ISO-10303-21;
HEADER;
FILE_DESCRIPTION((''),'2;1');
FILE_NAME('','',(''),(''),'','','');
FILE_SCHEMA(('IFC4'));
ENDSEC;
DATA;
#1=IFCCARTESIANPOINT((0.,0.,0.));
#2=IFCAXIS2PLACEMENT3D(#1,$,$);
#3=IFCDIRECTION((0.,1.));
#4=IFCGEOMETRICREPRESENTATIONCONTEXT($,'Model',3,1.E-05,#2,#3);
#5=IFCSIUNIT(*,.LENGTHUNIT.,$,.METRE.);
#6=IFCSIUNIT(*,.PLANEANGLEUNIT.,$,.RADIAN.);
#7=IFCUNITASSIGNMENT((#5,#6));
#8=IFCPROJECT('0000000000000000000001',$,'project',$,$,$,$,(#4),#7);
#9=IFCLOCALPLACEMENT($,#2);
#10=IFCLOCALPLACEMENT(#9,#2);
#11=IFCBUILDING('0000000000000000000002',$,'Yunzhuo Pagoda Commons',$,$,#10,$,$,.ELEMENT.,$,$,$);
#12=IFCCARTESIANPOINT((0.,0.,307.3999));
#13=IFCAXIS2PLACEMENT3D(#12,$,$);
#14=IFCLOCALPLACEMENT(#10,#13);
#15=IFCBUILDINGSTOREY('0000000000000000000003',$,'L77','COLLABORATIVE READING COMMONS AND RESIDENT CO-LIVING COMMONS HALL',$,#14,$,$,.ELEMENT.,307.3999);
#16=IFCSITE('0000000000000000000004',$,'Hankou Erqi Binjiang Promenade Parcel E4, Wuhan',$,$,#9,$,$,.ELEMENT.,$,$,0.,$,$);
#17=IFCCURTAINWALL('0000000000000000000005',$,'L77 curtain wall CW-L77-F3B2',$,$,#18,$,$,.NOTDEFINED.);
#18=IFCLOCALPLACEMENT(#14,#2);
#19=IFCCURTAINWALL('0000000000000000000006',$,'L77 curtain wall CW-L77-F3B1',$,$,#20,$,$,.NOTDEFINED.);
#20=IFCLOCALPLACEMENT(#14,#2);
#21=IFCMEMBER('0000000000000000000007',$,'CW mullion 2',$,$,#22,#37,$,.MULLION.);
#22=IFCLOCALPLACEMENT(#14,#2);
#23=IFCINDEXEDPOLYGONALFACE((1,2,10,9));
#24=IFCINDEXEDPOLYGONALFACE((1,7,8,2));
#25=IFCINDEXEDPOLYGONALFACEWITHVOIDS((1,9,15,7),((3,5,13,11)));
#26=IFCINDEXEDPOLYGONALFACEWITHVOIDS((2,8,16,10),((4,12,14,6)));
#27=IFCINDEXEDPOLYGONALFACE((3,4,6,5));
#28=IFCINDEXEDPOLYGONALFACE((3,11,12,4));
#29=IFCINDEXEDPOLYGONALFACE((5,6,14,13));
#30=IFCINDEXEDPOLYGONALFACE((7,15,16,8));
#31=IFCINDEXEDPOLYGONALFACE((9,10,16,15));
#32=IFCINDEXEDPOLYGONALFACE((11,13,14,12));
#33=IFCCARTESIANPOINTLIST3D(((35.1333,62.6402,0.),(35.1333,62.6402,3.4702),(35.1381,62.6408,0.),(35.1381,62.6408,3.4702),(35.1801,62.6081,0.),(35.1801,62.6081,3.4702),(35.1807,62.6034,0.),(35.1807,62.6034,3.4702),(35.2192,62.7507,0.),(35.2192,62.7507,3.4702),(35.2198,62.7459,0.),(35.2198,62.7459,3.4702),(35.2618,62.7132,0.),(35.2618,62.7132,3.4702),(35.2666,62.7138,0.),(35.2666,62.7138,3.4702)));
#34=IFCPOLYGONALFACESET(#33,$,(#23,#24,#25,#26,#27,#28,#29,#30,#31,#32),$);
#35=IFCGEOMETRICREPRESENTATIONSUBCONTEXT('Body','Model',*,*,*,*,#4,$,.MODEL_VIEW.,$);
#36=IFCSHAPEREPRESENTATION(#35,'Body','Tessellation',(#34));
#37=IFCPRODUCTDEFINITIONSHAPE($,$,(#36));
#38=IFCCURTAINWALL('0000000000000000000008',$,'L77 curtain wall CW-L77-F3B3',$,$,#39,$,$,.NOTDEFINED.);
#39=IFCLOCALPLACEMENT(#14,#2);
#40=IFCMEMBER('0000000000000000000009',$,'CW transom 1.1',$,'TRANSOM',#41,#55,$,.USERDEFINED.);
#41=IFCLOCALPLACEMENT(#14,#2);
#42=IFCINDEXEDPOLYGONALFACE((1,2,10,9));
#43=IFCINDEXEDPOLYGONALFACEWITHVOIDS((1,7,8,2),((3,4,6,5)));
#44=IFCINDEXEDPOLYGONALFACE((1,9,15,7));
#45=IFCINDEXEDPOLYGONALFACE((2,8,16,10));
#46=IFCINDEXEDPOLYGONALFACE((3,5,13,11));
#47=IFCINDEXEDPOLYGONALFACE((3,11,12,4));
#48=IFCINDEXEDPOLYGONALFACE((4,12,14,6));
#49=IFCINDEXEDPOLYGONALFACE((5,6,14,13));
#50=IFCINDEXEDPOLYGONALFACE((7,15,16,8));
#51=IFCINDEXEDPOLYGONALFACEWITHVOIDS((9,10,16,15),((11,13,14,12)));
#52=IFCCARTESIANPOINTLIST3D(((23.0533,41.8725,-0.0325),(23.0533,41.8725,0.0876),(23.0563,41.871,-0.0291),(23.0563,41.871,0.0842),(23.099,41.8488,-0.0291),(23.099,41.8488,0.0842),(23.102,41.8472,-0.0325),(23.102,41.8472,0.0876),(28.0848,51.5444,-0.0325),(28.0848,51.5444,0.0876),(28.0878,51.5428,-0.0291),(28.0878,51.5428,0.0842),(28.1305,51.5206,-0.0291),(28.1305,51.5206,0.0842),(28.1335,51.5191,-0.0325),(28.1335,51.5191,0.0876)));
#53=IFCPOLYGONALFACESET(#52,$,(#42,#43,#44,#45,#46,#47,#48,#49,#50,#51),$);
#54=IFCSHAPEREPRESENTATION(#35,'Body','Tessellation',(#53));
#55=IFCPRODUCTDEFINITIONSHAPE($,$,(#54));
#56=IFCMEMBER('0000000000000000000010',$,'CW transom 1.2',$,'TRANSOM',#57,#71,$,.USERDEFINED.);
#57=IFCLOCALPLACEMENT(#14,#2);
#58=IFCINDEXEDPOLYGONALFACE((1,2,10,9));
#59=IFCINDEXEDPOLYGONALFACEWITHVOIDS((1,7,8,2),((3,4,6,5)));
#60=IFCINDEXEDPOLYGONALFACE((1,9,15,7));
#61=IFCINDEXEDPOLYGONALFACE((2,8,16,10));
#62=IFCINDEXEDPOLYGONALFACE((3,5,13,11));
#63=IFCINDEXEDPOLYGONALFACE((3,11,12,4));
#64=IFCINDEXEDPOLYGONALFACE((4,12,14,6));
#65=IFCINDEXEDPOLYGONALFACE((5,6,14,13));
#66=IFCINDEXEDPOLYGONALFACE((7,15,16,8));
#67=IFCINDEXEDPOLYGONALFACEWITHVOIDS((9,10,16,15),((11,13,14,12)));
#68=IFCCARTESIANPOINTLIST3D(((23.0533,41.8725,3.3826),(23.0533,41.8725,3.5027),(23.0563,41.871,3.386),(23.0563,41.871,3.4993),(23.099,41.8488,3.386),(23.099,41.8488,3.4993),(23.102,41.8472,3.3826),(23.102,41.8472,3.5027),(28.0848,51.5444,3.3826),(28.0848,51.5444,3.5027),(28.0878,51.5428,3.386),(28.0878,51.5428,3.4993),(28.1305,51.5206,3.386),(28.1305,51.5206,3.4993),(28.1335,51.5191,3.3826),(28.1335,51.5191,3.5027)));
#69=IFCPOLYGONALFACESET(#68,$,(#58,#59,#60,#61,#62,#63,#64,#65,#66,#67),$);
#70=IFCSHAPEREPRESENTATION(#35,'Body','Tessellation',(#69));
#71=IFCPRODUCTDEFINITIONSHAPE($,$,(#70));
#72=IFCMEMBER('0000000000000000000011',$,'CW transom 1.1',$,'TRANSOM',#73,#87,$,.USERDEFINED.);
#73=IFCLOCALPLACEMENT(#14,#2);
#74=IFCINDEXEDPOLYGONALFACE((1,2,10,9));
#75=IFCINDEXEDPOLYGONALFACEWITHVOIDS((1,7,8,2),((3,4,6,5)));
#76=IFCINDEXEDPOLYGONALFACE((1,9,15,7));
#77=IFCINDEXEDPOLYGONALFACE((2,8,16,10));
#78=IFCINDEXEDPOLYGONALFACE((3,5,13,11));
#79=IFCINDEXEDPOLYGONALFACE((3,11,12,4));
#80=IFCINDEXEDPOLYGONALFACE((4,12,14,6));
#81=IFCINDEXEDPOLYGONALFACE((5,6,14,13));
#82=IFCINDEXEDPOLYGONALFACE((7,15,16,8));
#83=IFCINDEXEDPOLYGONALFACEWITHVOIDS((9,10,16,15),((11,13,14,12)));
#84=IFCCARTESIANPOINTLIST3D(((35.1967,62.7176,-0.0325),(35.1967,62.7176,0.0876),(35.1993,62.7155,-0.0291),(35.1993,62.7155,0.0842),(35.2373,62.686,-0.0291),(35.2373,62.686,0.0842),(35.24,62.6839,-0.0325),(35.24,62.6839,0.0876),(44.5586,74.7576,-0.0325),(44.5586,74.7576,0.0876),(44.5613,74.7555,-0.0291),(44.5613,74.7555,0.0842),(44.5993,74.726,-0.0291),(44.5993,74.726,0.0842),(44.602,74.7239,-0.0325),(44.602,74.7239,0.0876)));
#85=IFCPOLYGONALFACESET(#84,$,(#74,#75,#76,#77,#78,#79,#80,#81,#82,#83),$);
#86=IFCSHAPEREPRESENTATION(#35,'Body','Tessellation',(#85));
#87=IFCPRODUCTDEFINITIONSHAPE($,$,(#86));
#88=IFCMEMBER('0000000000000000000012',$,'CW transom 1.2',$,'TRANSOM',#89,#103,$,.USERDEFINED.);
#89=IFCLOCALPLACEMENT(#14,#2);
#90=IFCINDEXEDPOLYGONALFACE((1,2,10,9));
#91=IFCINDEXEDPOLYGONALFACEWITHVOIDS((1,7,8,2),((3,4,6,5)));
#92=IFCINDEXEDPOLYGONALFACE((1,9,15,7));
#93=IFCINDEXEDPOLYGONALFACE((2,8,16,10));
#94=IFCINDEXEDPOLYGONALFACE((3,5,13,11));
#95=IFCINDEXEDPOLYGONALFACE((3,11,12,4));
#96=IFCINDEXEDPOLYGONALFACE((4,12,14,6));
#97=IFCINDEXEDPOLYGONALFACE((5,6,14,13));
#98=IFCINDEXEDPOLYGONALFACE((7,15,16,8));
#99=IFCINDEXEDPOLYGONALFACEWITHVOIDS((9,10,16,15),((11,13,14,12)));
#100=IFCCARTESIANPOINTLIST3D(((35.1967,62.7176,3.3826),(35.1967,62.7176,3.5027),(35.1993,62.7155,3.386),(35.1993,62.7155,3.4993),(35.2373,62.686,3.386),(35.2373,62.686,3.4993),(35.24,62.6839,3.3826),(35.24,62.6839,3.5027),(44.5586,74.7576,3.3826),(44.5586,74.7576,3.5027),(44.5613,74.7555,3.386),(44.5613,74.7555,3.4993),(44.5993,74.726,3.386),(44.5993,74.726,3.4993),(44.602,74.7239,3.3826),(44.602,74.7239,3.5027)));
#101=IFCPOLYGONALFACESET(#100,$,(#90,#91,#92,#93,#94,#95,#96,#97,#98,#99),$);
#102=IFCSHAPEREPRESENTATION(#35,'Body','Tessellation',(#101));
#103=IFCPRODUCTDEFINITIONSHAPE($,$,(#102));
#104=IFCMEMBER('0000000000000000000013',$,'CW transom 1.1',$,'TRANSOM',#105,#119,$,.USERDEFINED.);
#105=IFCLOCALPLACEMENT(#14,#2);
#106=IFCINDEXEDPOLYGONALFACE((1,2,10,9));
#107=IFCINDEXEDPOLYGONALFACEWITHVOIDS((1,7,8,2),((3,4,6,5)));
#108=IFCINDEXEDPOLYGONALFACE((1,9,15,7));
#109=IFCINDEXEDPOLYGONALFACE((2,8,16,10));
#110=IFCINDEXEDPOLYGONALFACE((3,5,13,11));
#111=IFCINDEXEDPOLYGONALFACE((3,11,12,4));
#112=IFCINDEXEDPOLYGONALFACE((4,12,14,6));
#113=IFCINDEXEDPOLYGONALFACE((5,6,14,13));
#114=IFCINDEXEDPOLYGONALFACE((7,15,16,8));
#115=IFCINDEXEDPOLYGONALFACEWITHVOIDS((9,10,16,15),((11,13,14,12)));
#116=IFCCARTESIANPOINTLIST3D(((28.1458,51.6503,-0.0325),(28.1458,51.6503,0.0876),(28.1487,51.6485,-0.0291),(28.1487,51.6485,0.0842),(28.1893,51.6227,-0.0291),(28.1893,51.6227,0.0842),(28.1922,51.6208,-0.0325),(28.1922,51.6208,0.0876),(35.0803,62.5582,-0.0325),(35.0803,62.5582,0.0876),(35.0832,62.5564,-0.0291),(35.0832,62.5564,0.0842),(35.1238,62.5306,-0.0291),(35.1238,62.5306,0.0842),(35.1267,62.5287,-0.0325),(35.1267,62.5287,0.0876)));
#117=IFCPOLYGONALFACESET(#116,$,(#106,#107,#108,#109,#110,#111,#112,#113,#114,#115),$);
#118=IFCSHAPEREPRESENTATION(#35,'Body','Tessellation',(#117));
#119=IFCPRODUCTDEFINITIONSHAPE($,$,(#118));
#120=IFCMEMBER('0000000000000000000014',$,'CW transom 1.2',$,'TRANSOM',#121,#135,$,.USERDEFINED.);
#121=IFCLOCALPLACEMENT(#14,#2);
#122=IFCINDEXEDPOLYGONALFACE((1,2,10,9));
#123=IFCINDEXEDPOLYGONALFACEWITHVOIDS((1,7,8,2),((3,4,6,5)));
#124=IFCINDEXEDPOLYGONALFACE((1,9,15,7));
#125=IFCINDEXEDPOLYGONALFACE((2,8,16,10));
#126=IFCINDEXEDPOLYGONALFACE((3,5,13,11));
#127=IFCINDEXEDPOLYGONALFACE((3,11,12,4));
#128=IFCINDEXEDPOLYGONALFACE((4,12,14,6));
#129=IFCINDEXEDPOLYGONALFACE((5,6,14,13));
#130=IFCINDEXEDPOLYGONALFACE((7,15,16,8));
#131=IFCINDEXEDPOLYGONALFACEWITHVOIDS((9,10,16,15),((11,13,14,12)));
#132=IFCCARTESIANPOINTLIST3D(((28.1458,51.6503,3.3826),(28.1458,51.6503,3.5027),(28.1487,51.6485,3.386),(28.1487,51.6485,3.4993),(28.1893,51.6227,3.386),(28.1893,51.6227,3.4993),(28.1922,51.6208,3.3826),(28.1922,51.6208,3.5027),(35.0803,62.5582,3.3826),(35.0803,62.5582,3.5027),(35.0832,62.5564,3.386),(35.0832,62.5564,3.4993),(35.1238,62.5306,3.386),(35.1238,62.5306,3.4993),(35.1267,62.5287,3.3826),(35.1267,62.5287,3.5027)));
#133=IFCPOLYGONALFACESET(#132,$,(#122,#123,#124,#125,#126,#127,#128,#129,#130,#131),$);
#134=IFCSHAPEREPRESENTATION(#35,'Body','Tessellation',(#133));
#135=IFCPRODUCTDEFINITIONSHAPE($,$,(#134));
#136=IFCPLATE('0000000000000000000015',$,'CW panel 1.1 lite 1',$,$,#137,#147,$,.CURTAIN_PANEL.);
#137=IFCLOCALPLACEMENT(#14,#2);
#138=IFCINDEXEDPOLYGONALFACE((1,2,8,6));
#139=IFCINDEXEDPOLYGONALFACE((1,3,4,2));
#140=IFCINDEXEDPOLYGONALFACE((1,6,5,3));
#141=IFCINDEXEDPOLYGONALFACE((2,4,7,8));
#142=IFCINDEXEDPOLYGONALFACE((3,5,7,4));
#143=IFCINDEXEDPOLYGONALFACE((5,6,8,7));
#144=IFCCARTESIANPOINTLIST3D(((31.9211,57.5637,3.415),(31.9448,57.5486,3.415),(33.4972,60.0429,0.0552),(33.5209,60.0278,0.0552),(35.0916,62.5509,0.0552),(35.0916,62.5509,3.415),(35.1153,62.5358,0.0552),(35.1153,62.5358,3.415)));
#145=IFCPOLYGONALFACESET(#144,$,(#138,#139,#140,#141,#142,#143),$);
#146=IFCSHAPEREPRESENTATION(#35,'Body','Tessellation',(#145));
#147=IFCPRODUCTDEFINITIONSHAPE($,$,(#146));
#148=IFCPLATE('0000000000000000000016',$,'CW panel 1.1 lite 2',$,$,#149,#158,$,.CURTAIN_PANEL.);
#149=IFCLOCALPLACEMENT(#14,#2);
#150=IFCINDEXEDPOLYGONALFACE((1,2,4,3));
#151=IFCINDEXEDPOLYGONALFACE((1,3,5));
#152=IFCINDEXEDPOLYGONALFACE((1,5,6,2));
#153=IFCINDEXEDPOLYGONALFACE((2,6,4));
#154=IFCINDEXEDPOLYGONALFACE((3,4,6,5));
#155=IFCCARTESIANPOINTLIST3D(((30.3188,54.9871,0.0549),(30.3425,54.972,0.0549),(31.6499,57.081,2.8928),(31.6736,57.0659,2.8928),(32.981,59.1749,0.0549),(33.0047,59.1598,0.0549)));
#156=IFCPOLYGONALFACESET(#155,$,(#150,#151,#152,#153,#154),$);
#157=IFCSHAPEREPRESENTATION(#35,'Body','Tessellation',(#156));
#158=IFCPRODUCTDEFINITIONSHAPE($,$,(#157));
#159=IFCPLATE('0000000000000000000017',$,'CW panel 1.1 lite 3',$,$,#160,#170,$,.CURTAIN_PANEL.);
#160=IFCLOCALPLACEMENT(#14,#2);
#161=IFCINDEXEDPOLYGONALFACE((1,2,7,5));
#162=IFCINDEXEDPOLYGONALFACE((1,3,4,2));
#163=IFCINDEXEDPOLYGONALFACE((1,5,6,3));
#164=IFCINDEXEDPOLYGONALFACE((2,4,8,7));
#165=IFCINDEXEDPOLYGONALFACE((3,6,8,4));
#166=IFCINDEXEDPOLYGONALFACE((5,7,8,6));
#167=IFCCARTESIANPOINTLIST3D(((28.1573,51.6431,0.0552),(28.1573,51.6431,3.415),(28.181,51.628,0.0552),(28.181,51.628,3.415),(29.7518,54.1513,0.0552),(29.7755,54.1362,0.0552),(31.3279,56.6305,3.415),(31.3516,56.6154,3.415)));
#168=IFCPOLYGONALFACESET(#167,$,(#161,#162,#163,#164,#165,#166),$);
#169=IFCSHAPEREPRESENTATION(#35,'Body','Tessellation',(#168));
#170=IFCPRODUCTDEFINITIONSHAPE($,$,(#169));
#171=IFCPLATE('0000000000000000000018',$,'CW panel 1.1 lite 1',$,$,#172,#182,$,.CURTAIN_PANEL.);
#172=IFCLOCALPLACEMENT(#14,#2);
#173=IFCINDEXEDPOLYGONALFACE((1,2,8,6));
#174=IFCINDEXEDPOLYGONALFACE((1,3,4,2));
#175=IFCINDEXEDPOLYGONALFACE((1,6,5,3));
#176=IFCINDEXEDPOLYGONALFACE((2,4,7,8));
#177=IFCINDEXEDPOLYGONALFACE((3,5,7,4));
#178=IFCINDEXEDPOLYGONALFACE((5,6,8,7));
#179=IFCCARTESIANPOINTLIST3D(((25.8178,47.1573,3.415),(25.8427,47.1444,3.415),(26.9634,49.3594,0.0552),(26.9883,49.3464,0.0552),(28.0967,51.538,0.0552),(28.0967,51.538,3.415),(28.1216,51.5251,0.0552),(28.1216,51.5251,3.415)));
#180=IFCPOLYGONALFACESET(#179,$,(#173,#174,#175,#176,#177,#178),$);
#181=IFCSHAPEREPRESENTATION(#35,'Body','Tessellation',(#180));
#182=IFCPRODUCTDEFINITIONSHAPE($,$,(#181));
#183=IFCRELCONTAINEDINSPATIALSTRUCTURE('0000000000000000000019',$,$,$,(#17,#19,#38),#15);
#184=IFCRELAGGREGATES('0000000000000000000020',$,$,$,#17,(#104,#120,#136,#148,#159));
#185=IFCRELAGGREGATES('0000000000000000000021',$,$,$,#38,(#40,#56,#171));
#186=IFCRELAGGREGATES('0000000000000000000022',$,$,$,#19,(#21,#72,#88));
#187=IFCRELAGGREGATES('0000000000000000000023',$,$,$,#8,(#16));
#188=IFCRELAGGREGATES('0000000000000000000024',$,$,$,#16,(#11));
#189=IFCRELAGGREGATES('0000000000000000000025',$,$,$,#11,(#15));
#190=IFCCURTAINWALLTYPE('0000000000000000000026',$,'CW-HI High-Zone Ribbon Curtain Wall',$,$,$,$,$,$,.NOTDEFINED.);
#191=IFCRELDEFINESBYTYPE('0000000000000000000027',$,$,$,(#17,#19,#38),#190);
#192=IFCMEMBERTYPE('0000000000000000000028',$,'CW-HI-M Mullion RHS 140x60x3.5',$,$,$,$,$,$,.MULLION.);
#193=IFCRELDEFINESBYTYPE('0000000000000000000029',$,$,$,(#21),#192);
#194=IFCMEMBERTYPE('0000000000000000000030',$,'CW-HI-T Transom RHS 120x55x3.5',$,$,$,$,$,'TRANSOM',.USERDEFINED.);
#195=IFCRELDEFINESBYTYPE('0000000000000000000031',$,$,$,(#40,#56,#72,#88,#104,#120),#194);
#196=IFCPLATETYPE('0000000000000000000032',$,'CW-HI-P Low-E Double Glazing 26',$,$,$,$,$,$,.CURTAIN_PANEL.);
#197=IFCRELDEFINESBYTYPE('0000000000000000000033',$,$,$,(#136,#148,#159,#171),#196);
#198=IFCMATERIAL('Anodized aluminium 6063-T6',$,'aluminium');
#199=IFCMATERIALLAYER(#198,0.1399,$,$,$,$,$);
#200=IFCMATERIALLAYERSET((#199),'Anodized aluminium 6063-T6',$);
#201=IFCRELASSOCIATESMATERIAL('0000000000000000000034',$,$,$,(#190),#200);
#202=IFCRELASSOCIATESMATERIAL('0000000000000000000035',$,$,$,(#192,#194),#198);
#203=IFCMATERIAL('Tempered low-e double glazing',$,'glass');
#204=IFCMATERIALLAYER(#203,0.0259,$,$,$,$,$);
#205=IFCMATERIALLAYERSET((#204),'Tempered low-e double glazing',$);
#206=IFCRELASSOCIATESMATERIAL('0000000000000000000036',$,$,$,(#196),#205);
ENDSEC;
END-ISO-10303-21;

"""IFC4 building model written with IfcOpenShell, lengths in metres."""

from ifc_helpers import new_model, si_unit, direction, frame, origin, origin_2d, place, context, subcontext, project, spatial, polyline, hollow_rectangle, outline, extrude, source, transform, mapped, material, layer, layer_set, material_profile, profile_set, type_object, element, aggregate, save


model = new_model("IFC4")

# Units and contexts
model_context = context("Model", 3, precision=1e-05, world=origin(), true_north=direction((0.0, 1.0)))
body_context = subcontext(model_context, "Body", "Model", "MODEL_VIEW")
ifc_project = project(units=[si_unit("LENGTHUNIT", "METRE"), si_unit("PLANEANGLEUNIT", "RADIAN")], contexts=[model_context])

# Site, building, storey
site_placement = place(None, origin())
site = spatial("IfcSite", under=ifc_project, at=site_placement, Name="Hankou Erqi Binjiang Promenade Parcel E4, Wuhan", CompositionType="ELEMENT", RefElevation=0.0)
building_placement = place(site_placement, origin())
building = spatial("IfcBuilding", under=site, at=building_placement, Name="Yunzhuo Pagoda Commons", CompositionType="ELEMENT")
storey_placement = place(building_placement, frame((0.0, 0.0, 307.3999)))
storey = spatial("IfcBuildingStorey", under=building, at=storey_placement, Name="L77", Description="COLLABORATIVE READING COMMONS AND RESIDENT CO-LIVING COMMONS HALL", CompositionType="ELEMENT", Elevation=307.3999)

# Curtain walls, members
ifc_material_1 = material(Name="Anodized aluminium 6063-T6", Category="aluminium")
ifc_layer_1 = layer(ifc_material_1, 0.1399)
ifc_layer_set_1 = layer_set([ifc_layer_1], Name="Anodized aluminium 6063-T6")
curtain_wall_type = type_object("IfcCurtainWallType", Name="CW-HI High-Zone Ribbon Curtain Wall", PredefinedType="NOTDEFINED", material=ifc_layer_set_1)
curtain_wall_1_placement = place(storey_placement, origin())
curtain_wall_1 = element("IfcCurtainWall", 1, at=curtain_wall_1_placement, inside=storey, type_object=curtain_wall_type, Name="L77 curtain wall CW-L77-F3B2", PredefinedType="NOTDEFINED")
ifc_material_profile_1 = material_profile(ifc_material_1, hollow_rectangle(XDim=0.0601, YDim=0.1399, WallThickness=0.0034, at=origin_2d()), Name="Anodized aluminium 6063-T6")
ifc_profile_set_1 = profile_set([ifc_material_profile_1], Name="Anodized aluminium 6063-T6")
member_type_1 = type_object("IfcMemberType", Name="CW-HI-M Mullion RHS 140x60x3.5", PredefinedType="MULLION", material=ifc_profile_set_1)
shared_shape_1 = source(origin(), body_context, "Body", "SweptSolid", [
    extrude(hollow_rectangle(XDim=0.0601, YDim=0.1399, WallThickness=0.0034, at=origin_2d()), origin(), (0.0, 0.0, 1.0), 3.4702),
])
curtain_wall_2_placement = place(storey_placement, origin())
curtain_wall_2 = element("IfcCurtainWall", 2, at=curtain_wall_2_placement, inside=storey, type_object=curtain_wall_type, Name="L77 curtain wall CW-L77-F3B1", PredefinedType="NOTDEFINED")
member_1_placement = place(storey_placement, frame((35.2, 62.677, 0.0), z_axis=(0.0, 0.0, 1.0), x_axis=(0.78943, -0.61384, 0.0)))
member_1 = element("IfcMember", 3, at=member_1_placement, type_object=member_type_1, Name="CW mullion 2", PredefinedType="MULLION", context=body_context, shape_type="MappedRepresentation", body=[
    mapped(shared_shape_1, transform((0.0, 0.0, 0.0), scale=1.0)),
])
curtain_wall_3_placement = place(storey_placement, origin())
curtain_wall_3 = element("IfcCurtainWall", 4, at=curtain_wall_3_placement, inside=storey, type_object=curtain_wall_type, Name="L77 curtain wall CW-L77-F3B3", PredefinedType="NOTDEFINED")
ifc_material_profile_2 = material_profile(ifc_material_1, hollow_rectangle(XDim=0.0549, YDim=0.1201, WallThickness=0.0034, at=origin_2d()), Name="Anodized aluminium 6063-T6")
ifc_profile_set_2 = profile_set([ifc_material_profile_2], Name="Anodized aluminium 6063-T6")
member_type_2 = type_object("IfcMemberType", Name="CW-HI-T Transom RHS 120x55x3.5", ElementType="TRANSOM", PredefinedType="USERDEFINED", material=ifc_profile_set_2)
shared_shape_2 = source(origin(), body_context, "Body", "SweptSolid", [
    extrude(hollow_rectangle(XDim=0.0549, YDim=0.1201, WallThickness=0.0034, at=origin_2d()), origin(), (0.0, 0.0, 1.0), 10.9023),
])
member_2_placement = place(storey_placement, frame((28.1091, 51.5317, 0.0276), z_axis=(-0.461506, -0.887137, 0.0), x_axis=(0.887137, -0.461506, 0.0)))
member_2 = element("IfcMember", 5, at=member_2_placement, type_object=member_type_2, Name="CW transom 1.1", ObjectType="TRANSOM", PredefinedType="USERDEFINED", context=body_context, shape_type="MappedRepresentation", body=[
    mapped(shared_shape_2, transform((0.0, 0.0, 0.0), scale=1.0)),
])
member_3_placement = place(storey_placement, frame((28.1091, 51.5317, 3.4426), z_axis=(-0.461506, -0.887137, 0.0), x_axis=(0.887137, -0.461506, 0.0)))
member_3 = element("IfcMember", 6, at=member_3_placement, type_object=member_type_2, Name="CW transom 1.2", ObjectType="TRANSOM", PredefinedType="USERDEFINED", context=body_context, shape_type="MappedRepresentation", body=[
    mapped(shared_shape_2, transform((0.0, 0.0, 0.0), scale=1.0)),
])

# Members
shared_shape_3 = source(origin(), body_context, "Body", "SweptSolid", [
    extrude(hollow_rectangle(XDim=0.0549, YDim=0.1201, WallThickness=0.0034, at=origin_2d()), origin(), (0.0, 0.0, 1.0), 15.2515),
])
member_4_placement = place(storey_placement, frame((44.5803, 74.7407, 0.0276), z_axis=(-0.613842, -0.789429, 0.0), x_axis=(0.789429, -0.613842, 0.0)))
member_4 = element("IfcMember", 7, at=member_4_placement, type_object=member_type_2, Name="CW transom 1.1", ObjectType="TRANSOM", PredefinedType="USERDEFINED", context=body_context, shape_type="MappedRepresentation", body=[
    mapped(shared_shape_3, transform((0.0, 0.0, 0.0), scale=1.0)),
])
member_5_placement = place(storey_placement, frame((44.5803, 74.7407, 3.4426), z_axis=(-0.613842, -0.789429, 0.0), x_axis=(0.789429, -0.613842, 0.0)))
member_5 = element("IfcMember", 8, at=member_5_placement, type_object=member_type_2, Name="CW transom 1.2", ObjectType="TRANSOM", PredefinedType="USERDEFINED", context=body_context, shape_type="MappedRepresentation", body=[
    mapped(shared_shape_3, transform((0.0, 0.0, 0.0), scale=1.0)),
])
shared_shape_4 = source(origin(), body_context, "Body", "SweptSolid", [
    extrude(hollow_rectangle(XDim=0.0549, YDim=0.1201, WallThickness=0.0034, at=origin_2d()), origin(), (0.0, 0.0, 1.0), 12.9255),
])
member_6_placement = place(storey_placement, frame((35.1035, 62.5435, 0.0276), z_axis=(-0.536498, -0.843902, 0.0), x_axis=(0.843902, -0.536498, 0.0)))
member_6 = element("IfcMember", 9, at=member_6_placement, type_object=member_type_2, Name="CW transom 1.1", ObjectType="TRANSOM", PredefinedType="USERDEFINED", context=body_context, shape_type="MappedRepresentation", body=[
    mapped(shared_shape_4, transform((0.0, 0.0, 0.0), scale=1.0)),
])
member_7_placement = place(storey_placement, frame((35.1035, 62.5435, 3.4426), z_axis=(-0.536498, -0.843902, 0.0), x_axis=(0.843902, -0.536498, 0.0)))
member_7 = element("IfcMember", 10, at=member_7_placement, type_object=member_type_2, Name="CW transom 1.2", ObjectType="TRANSOM", PredefinedType="USERDEFINED", context=body_context, shape_type="MappedRepresentation", body=[
    mapped(shared_shape_4, transform((0.0, 0.0, 0.0), scale=1.0)),
])

# Plates
ifc_material_2 = material(Name="Tempered low-e double glazing", Category="glass")
ifc_layer_2 = layer(ifc_material_2, 0.0259)
ifc_layer_set_2 = layer_set([ifc_layer_2], Name="Tempered low-e double glazing")
plate_type_1 = type_object("IfcPlateType", Name="CW-HI-P Low-E Double Glazing 26", PredefinedType="CURTAIN_PANEL", material=ifc_layer_set_2)
plate_1_placement = place(storey_placement, frame((33.53, 60.0422, 1.7351), z_axis=(-0.84391, 0.536485, 0.0), x_axis=(-0.536485, -0.84391, 0.0)))
plate_1 = element("IfcPlate", 11, at=plate_1_placement, type_object=plate_type_1, Name="CW panel 1.1 lite 1", PredefinedType="CURTAIN_PANEL", context=body_context, shape_type="SweptSolid", body=[
    extrude(outline(polyline([(-2.9548, -1.6799), (0.0171, -1.6799), (2.9548, 1.6799), (-2.9548, 1.6799), (-2.9548, -1.6799)])), origin(), (0.0, 0.0, 1.0), 0.0281),
])
plate_2_placement = place(storey_placement, frame((31.6736, 57.0659, 1.4739), z_axis=(-0.84391, 0.536485, 0.0), x_axis=(-0.536485, -0.84391, 0.0)))
plate_2 = element("IfcPlate", 12, at=plate_2_placement, type_object=plate_type_1, Name="CW panel 1.1 lite 2", PredefinedType="CURTAIN_PANEL", context=body_context, shape_type="SweptSolid", body=[
    extrude(outline(polyline([(-2.4812, -1.4189), (2.4812, -1.4189), (0.0, 1.4189), (-2.4812, -1.4189)])), origin(), (0.0, 0.0, 1.0), 0.0281),
])
plate_3_placement = place(storey_placement, frame((29.7664, 54.1218, 1.7351), z_axis=(-0.84391, 0.536485, 0.0), x_axis=(-0.536485, -0.84391, 0.0)))
plate_3 = element("IfcPlate", 13, at=plate_3_placement, type_object=plate_type_1, Name="CW panel 1.1 lite 3", PredefinedType="CURTAIN_PANEL", context=body_context, shape_type="SweptSolid", body=[
    extrude(outline(polyline([(-2.9548, 1.6799), (-0.0171, -1.6799), (2.9551, -1.6799), (2.9551, 1.6799), (-2.9548, 1.6799)])), origin(), (0.0, 0.0, 1.0), 0.0281),
])
aggregate(curtain_wall_1, [member_6, member_7, plate_1, plate_2, plate_3])
plate_4_placement = place(storey_placement, frame((26.9822, 49.3347, 1.7351), z_axis=(-0.887137, 0.461505, 0.0), x_axis=(-0.461505, -0.887137, 0.0)))
plate_4 = element("IfcPlate", 14, at=plate_4_placement, type_object=plate_type_1, Name="CW panel 1.1 lite 1", PredefinedType="CURTAIN_PANEL", context=body_context, shape_type="SweptSolid", body=[
    extrude(outline(polyline([(-2.469, -1.6799), (-0.0132, -1.6799), (2.469, 1.6799), (-2.469, 1.6799), (-2.469, -1.6799)])), origin(), (0.0, 0.0, 1.0), 0.0281),
])
aggregate(curtain_wall_3, [member_2, member_3, plate_4])

aggregate(curtain_wall_2, [member_1, member_4, member_5])

save(model, "model.ifc")
